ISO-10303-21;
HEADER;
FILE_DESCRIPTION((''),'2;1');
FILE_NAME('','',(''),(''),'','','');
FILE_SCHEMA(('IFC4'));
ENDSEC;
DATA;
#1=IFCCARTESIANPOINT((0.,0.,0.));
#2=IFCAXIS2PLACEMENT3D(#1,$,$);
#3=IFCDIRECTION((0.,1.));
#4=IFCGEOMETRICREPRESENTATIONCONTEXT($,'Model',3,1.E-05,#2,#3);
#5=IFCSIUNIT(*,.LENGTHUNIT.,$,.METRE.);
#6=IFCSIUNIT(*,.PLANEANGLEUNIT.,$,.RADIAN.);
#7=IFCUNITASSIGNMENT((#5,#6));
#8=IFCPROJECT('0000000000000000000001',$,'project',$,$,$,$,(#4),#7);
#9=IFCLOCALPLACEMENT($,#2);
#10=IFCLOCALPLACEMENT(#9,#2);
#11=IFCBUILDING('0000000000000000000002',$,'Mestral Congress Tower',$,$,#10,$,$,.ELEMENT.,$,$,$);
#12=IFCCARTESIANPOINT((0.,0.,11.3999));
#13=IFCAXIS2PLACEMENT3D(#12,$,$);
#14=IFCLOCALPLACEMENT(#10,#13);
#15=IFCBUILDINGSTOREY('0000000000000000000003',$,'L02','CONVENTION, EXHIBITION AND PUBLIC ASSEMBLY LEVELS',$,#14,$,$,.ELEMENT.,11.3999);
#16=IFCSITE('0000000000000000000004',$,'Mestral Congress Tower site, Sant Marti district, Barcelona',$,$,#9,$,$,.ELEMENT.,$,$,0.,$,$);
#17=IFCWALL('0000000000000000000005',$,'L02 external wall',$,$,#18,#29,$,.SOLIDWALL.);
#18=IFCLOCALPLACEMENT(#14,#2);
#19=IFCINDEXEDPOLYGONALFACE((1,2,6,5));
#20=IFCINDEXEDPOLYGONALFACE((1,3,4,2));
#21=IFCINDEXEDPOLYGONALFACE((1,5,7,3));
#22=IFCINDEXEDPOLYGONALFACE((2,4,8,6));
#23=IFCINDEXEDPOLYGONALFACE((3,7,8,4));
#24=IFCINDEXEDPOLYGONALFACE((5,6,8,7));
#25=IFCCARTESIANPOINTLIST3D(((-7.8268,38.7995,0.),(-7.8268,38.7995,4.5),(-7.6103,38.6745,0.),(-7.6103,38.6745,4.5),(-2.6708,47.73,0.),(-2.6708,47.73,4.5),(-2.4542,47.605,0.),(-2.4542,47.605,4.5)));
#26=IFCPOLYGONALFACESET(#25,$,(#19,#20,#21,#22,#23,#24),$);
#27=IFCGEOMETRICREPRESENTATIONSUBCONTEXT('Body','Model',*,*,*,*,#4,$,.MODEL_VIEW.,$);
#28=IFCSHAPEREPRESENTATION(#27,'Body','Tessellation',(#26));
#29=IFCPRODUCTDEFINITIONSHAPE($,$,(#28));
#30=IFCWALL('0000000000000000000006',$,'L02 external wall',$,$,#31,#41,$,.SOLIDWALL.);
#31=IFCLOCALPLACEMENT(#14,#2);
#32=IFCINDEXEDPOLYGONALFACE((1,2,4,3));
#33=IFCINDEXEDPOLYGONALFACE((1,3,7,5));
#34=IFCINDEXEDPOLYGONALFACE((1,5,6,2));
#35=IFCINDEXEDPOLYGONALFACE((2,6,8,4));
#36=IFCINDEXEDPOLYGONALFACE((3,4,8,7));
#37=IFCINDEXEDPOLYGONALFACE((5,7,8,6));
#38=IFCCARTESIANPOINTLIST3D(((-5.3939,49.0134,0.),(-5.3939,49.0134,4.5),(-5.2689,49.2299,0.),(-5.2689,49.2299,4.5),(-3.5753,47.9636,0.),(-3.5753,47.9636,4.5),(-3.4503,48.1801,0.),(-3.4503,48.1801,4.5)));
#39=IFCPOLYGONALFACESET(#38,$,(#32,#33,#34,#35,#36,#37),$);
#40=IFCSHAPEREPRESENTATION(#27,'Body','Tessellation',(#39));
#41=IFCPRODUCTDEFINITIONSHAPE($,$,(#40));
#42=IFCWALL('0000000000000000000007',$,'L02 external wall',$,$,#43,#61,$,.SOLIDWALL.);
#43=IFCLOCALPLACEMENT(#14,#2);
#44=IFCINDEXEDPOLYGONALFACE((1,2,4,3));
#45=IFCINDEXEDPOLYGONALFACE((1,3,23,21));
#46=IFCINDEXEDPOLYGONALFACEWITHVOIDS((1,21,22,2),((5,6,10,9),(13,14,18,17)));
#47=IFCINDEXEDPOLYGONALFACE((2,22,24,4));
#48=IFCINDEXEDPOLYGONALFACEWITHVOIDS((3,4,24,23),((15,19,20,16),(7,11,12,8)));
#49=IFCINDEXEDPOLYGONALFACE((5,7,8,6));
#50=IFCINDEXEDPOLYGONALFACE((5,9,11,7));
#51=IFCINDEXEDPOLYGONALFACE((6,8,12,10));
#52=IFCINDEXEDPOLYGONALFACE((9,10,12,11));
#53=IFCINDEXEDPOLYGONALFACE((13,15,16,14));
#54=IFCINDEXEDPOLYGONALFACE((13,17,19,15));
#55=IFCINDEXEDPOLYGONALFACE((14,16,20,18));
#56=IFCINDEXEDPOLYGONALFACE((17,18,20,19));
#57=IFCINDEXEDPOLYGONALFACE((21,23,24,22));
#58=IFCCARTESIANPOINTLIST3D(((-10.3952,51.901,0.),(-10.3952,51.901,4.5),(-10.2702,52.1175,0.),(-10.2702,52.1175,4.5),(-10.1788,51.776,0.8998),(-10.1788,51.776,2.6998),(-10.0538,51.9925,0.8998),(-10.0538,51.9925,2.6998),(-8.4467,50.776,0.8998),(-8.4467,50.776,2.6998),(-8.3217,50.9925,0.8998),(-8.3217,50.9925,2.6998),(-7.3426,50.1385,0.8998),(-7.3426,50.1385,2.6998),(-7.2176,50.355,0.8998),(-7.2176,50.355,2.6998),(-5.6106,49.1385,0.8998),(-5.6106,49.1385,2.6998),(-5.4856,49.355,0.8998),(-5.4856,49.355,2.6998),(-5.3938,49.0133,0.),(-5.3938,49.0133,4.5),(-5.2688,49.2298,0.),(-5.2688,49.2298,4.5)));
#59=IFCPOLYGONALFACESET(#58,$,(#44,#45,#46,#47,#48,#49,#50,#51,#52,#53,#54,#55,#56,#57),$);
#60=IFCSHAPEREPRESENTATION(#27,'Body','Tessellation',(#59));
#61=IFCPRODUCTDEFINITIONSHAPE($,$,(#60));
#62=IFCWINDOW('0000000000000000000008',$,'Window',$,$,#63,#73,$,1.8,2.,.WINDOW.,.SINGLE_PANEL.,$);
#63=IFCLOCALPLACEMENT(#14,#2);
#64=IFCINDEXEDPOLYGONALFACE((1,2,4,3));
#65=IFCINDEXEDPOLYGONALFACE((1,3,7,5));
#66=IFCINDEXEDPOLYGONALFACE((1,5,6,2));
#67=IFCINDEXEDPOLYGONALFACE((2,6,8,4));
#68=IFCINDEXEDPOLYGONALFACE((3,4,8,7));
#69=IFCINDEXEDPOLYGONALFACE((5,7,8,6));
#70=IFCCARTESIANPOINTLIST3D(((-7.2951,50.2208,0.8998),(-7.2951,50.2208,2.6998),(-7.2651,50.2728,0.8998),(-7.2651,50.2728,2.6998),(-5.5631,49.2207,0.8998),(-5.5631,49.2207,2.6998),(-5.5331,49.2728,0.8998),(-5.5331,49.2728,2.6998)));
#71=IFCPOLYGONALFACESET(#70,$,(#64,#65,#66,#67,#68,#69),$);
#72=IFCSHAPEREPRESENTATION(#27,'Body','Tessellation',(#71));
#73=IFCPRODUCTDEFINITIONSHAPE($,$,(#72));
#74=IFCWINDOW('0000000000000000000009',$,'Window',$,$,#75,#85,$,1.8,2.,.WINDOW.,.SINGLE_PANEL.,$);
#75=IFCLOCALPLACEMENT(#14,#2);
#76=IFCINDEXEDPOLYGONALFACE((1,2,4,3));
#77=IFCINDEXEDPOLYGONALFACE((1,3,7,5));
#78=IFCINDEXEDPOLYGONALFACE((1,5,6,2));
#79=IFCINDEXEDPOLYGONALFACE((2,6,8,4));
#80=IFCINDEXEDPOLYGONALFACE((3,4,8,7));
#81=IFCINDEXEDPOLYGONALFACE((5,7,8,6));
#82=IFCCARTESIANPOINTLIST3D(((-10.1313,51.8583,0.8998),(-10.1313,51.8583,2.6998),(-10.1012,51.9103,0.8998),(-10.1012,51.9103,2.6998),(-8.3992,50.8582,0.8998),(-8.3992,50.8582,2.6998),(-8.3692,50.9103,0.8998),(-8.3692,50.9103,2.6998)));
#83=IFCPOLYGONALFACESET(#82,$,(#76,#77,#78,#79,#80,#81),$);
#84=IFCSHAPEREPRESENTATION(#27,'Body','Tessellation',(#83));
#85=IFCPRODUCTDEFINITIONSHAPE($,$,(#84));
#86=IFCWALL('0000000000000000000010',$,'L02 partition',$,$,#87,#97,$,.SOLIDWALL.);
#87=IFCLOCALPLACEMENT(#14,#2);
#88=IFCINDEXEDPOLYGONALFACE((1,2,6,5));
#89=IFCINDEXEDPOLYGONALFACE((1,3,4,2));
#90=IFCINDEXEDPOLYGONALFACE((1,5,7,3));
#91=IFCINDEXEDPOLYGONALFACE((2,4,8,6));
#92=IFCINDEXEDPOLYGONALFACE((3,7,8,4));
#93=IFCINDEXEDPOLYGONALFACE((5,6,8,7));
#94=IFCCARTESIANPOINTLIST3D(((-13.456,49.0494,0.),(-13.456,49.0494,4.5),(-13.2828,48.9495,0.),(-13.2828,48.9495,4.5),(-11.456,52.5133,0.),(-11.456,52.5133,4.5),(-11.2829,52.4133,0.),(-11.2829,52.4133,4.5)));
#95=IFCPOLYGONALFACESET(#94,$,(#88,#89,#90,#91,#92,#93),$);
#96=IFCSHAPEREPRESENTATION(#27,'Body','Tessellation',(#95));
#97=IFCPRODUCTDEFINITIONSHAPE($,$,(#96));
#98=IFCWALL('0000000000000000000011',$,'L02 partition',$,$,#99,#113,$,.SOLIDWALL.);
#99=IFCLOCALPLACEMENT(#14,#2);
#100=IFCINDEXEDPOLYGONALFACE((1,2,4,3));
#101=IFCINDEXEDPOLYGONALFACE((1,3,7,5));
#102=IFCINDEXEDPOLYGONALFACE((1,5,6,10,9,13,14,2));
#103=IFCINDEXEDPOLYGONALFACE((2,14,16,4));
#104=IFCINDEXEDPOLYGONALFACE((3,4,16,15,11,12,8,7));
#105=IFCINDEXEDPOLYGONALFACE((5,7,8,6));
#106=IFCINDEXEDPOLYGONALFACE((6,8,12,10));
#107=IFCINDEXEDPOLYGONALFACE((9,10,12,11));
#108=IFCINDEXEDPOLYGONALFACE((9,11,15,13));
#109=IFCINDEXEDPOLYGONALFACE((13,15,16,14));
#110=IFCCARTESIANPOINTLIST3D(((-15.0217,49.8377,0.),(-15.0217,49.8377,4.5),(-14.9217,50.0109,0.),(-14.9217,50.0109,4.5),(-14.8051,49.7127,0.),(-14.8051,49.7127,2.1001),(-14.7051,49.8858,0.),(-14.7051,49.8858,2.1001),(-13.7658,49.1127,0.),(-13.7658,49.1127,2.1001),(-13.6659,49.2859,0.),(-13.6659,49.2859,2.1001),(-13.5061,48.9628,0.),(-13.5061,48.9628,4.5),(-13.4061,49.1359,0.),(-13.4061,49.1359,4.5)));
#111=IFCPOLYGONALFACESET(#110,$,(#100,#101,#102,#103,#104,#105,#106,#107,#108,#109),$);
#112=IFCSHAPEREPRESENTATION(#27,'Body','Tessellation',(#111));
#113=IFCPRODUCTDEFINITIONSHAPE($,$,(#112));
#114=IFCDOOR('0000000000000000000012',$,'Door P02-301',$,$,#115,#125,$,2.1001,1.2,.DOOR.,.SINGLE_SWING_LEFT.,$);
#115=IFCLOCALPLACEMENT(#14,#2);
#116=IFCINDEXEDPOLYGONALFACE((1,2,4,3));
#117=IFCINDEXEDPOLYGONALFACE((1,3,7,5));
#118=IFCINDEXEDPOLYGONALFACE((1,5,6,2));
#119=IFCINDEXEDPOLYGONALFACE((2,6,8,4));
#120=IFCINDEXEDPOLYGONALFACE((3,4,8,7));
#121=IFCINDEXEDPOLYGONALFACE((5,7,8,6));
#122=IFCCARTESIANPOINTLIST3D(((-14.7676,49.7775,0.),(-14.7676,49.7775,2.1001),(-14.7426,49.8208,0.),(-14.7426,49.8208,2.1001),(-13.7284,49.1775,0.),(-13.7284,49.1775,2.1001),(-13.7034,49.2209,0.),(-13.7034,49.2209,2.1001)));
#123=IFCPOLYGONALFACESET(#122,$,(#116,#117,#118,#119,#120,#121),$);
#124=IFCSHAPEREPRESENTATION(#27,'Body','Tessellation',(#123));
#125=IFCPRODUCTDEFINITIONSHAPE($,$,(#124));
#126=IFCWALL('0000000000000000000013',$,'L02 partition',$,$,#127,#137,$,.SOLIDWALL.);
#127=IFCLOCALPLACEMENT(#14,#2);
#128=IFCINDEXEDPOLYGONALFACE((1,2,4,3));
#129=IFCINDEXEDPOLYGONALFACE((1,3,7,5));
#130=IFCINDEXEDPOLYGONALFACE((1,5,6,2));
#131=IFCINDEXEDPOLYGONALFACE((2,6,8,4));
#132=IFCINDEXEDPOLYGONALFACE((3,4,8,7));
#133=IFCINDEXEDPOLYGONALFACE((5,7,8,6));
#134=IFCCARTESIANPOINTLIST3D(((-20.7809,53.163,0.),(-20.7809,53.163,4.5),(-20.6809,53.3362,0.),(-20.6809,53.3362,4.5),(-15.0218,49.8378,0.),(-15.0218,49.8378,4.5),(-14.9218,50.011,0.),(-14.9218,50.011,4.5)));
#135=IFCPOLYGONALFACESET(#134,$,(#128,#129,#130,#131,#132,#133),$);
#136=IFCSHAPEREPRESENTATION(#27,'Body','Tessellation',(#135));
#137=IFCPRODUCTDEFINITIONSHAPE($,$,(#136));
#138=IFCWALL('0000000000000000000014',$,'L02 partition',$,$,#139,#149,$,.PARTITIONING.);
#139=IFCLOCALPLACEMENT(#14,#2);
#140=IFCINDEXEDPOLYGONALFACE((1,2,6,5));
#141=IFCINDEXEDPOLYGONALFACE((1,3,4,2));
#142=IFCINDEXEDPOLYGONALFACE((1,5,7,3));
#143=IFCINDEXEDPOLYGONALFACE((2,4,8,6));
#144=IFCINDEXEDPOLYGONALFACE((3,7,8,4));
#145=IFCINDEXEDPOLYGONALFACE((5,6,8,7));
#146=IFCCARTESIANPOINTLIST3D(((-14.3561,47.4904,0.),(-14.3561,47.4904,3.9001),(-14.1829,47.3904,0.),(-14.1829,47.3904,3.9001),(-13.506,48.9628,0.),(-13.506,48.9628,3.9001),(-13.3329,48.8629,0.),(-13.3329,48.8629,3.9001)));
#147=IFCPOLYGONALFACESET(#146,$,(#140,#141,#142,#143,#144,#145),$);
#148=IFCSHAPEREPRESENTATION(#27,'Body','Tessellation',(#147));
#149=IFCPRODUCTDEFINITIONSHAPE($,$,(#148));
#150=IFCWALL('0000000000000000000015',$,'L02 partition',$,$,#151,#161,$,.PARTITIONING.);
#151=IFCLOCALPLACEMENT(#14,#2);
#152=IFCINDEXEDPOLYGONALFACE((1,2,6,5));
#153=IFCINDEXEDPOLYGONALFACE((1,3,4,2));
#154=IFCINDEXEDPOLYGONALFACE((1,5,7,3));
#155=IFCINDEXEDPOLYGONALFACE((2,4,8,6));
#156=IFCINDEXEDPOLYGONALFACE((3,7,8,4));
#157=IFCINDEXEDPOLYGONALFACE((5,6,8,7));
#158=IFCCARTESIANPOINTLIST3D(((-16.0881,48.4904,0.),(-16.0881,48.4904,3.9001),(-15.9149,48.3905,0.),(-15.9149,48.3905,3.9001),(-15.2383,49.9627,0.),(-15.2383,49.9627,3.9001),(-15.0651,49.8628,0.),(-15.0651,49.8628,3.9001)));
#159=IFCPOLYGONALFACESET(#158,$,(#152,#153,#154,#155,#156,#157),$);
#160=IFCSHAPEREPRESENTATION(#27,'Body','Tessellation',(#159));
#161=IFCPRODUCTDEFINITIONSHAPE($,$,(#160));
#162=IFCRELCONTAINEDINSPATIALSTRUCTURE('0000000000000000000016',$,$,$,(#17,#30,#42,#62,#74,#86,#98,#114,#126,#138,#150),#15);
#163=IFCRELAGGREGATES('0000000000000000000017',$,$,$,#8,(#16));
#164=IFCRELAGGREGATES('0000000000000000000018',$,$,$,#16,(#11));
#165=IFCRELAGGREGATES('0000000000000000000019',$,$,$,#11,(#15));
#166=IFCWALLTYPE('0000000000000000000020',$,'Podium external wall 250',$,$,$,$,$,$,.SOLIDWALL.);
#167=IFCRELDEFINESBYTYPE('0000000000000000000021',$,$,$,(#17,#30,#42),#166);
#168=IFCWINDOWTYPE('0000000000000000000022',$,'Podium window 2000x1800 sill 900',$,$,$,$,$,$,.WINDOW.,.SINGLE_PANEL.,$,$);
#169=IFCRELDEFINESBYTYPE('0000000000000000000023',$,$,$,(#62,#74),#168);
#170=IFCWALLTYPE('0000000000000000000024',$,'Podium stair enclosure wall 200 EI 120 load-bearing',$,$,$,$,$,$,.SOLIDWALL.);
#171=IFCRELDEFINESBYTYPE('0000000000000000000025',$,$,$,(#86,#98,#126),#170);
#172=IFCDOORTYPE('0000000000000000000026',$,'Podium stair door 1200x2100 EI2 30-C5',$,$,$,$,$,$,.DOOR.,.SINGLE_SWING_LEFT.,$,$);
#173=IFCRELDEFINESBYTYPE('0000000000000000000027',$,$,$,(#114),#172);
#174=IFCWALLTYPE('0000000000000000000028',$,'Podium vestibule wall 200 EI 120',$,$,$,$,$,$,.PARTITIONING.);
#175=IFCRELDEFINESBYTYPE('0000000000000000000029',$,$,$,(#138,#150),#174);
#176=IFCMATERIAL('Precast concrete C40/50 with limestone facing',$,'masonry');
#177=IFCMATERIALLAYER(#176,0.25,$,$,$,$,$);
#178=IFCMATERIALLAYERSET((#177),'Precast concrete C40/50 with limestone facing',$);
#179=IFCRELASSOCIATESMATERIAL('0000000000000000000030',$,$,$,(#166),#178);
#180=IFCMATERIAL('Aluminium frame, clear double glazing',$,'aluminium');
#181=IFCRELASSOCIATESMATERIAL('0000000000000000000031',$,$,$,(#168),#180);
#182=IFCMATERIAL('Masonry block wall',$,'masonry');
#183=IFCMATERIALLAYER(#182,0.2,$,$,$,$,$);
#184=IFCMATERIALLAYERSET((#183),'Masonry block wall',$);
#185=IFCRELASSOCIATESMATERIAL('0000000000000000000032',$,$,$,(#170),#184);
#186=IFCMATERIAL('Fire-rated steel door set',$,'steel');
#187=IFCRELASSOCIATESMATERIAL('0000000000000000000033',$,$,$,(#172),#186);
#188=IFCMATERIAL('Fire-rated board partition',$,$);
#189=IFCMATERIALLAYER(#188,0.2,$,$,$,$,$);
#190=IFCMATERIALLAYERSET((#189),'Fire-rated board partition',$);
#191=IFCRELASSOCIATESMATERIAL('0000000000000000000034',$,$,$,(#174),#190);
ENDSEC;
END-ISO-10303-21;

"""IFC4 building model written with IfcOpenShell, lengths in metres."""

from ifc_helpers import new_model, si_unit, direction, frame, frame_2d, origin, place, context, subcontext, project, spatial, rectangle, extrude, material, layer, layer_set, type_object, element, fill, save


model = new_model("IFC4")

# Units and contexts
model_context = context("Model", 3, precision=1e-05, world=origin(), true_north=direction((0.0, 1.0)))
body_context = subcontext(model_context, "Body", "Model", "MODEL_VIEW")
ifc_project = project(units=[si_unit("LENGTHUNIT", "METRE"), si_unit("PLANEANGLEUNIT", "RADIAN")], contexts=[model_context])

# Site, building, storey
site_placement = place(None, origin())
site = spatial("IfcSite", under=ifc_project, at=site_placement, Name="Mestral Congress Tower site, Sant Marti district, Barcelona", CompositionType="ELEMENT", RefElevation=0.0)
building_placement = place(site_placement, origin())
building = spatial("IfcBuilding", under=site, at=building_placement, Name="Mestral Congress Tower", CompositionType="ELEMENT")
storey_placement = place(building_placement, frame((0.0, 0.0, 11.3999)))
storey = spatial("IfcBuildingStorey", under=building, at=storey_placement, Name="L02", Description="CONVENTION, EXHIBITION AND PUBLIC ASSEMBLY LEVELS", CompositionType="ELEMENT", Elevation=11.3999)

# Walls
ifc_material_1 = material(Name="Precast concrete C40/50 with limestone facing", Category="masonry")
ifc_layer_1 = layer(ifc_material_1, 0.25)
ifc_layer_set_1 = layer_set([ifc_layer_1], Name="Precast concrete C40/50 with limestone facing")
wall_type_1 = type_object("IfcWallType", Name="Podium external wall 250", PredefinedType="SOLIDWALL", material=ifc_layer_set_1)
wall_1_placement = place(storey_placement, frame((-2.5625, 47.6675, 0.0), z_axis=(0.0, 0.0, 1.0), x_axis=(-0.500002, -0.866024, 0.0)))
element("IfcWall", 1, at=wall_1_placement, inside=storey, type_object=wall_type_1, Name="L02 external wall", PredefinedType="SOLIDWALL", context=body_context, shape_type="SweptSolid", body=[
    extrude(rectangle(XDim=10.312, YDim=0.25, at=frame_2d((5.156, 0.0))), origin(), (0.0, 0.0, 1.0), 4.5),
])
wall_2_placement = place(storey_placement, frame((-5.3313, 49.1216, 0.0), z_axis=(0.0, 0.0, 1.0), x_axis=(0.86606, -0.499941, 0.0)))
element("IfcWall", 2, at=wall_2_placement, inside=storey, type_object=wall_type_1, Name="L02 external wall", PredefinedType="SOLIDWALL", context=body_context, shape_type="SweptSolid", body=[
    extrude(rectangle(XDim=2.0999, YDim=0.25, at=frame_2d((1.0498, 0.0))), origin(), (0.0, 0.0, 1.0), 4.5),
])

# Wall, openings, windows
wall_3_placement = place(storey_placement, frame((-10.3328, 52.0093, 0.0), z_axis=(0.0, 0.0, 1.0), x_axis=(0.866018, -0.500013, 0.0)))
wall_3 = element("IfcWall", 3, at=wall_3_placement, inside=storey, type_object=wall_type_1, Name="L02 external wall", PredefinedType="SOLIDWALL", context=body_context, shape_type="SweptSolid", body=[
    extrude(rectangle(XDim=5.7751, YDim=0.25, at=frame_2d((2.8877, 0.0))), origin(), (0.0, 0.0, 1.0), 4.5),
])
opening_1_placement = place(wall_3_placement, frame((3.5249, 0.0, 0.8999)))
opening_1 = element("IfcOpeningElement", 4, at=opening_1_placement, cuts=wall_3, PredefinedType="OPENING", context=body_context, shape_type="SweptSolid", body=[
    extrude(rectangle(XDim=2.0, YDim=1.8, at=frame_2d((1.0, 0.8999))), frame((0.0, 0.135, 0.0), z_axis=(0.0, -1.0, 0.0), x_axis=(1.0, 0.0, 0.0)), (0.0, 0.0, 1.0), 0.27),
])
opening_2_placement = place(wall_3_placement, frame((0.25, 0.0, 0.8999)))
opening_2 = element("IfcOpeningElement", 5, at=opening_2_placement, cuts=wall_3, PredefinedType="OPENING", context=body_context, shape_type="SweptSolid", body=[
    extrude(rectangle(XDim=2.0, YDim=1.8, at=frame_2d((1.0, 0.8999))), frame((0.0, 0.135, 0.0), z_axis=(0.0, -1.0, 0.0), x_axis=(1.0, 0.0, 0.0)), (0.0, 0.0, 1.0), 0.27),
])
ifc_material_2 = material(Name="Aluminium frame, clear double glazing", Category="aluminium")
window_type = type_object("IfcWindowType", Name="Podium window 2000x1800 sill 900", PartitioningType="SINGLE_PANEL", PredefinedType="WINDOW", material=ifc_material_2)
window_1_placement = place(opening_1_placement, origin())
window_1 = element("IfcWindow", 6, at=window_1_placement, inside=storey, type_object=window_type, Name="Window", OverallHeight=1.8, OverallWidth=2.0, PartitioningType="SINGLE_PANEL", PredefinedType="WINDOW", context=body_context, shape_type="SweptSolid", body=[
    extrude(rectangle(XDim=2.0, YDim=1.8, at=frame_2d((1.0, 0.8999))), frame((0.0, 0.03, 0.0), z_axis=(0.0, -1.0, 0.0), x_axis=(1.0, 0.0, 0.0)), (0.0, 0.0, 1.0), 0.0601),
])
fill(opening_1, window_1)
window_2_placement = place(opening_2_placement, origin())
window_2 = element("IfcWindow", 7, at=window_2_placement, inside=storey, type_object=window_type, Name="Window", OverallHeight=1.8, OverallWidth=2.0, PartitioningType="SINGLE_PANEL", PredefinedType="WINDOW", context=body_context, shape_type="SweptSolid", body=[
    extrude(rectangle(XDim=2.0, YDim=1.8, at=frame_2d((1.0, 0.8999))), frame((0.0, 0.03, 0.0), z_axis=(0.0, -1.0, 0.0), x_axis=(1.0, 0.0, 0.0)), (0.0, 0.0, 1.0), 0.0601),
])
fill(opening_2, window_2)

# Wall
ifc_material_3 = material(Name="Masonry block wall", Category="masonry")
ifc_layer_2 = layer(ifc_material_3, 0.2)
ifc_layer_set_2 = layer_set([ifc_layer_2], Name="Masonry block wall")
wall_type_2 = type_object("IfcWallType", Name="Podium stair enclosure wall 200 EI 120 load-bearing", PredefinedType="SOLIDWALL", material=ifc_layer_set_2)
wall_4_placement = place(storey_placement, frame((-11.3694, 52.4634, 0.0), z_axis=(0.0, 0.0, 1.0), x_axis=(-0.500025, -0.866011, 0.0)))
element("IfcWall", 8, at=wall_4_placement, inside=storey, type_object=wall_type_2, Name="L02 partition", PredefinedType="SOLIDWALL", context=body_context, shape_type="SweptSolid", body=[
    extrude(rectangle(XDim=3.9998, YDim=0.2, at=frame_2d((2.0, 0.0))), origin(), (0.0, 0.0, 1.0), 4.5),
])

# Wall, opening, door
wall_5_placement = place(storey_placement, frame((-14.9717, 49.9243, 0.0), z_axis=(0.0, 0.0, 1.0), x_axis=(0.866037, -0.49998, 0.0)))
wall_5 = element("IfcWall", 9, at=wall_5_placement, inside=storey, type_object=wall_type_2, Name="L02 partition", PredefinedType="SOLIDWALL", context=body_context, shape_type="SweptSolid", body=[
    extrude(rectangle(XDim=1.75, YDim=0.2, at=frame_2d((0.875, 0.0))), origin(), (0.0, 0.0, 1.0), 4.5),
])
opening_3_placement = place(wall_5_placement, frame((0.25, 0.0, 0.0)))
opening_3 = element("IfcOpeningElement", 10, at=opening_3_placement, cuts=wall_5, PredefinedType="OPENING", context=body_context, shape_type="SweptSolid", body=[
    extrude(rectangle(XDim=1.2, YDim=2.1001, at=frame_2d((0.6001, 1.05))), frame((0.0, 0.1099, 0.0), z_axis=(0.0, -1.0, 0.0), x_axis=(1.0, 0.0, 0.0)), (0.0, 0.0, 1.0), 0.22),
])
ifc_material_4 = material(Name="Fire-rated steel door set", Category="steel")
door_type_1 = type_object("IfcDoorType", Name="Podium stair door 1200x2100 EI2 30-C5", OperationType="SINGLE_SWING_LEFT", PredefinedType="DOOR", material=ifc_material_4)
door_1_placement = place(opening_3_placement, origin())
door_1 = element("IfcDoor", 11, at=door_1_placement, inside=storey, type_object=door_type_1, Name="Door P02-301", OperationType="SINGLE_SWING_LEFT", OverallHeight=2.1001, OverallWidth=1.2, PredefinedType="DOOR", context=body_context, shape_type="SweptSolid", body=[
    extrude(rectangle(XDim=1.2, YDim=2.1001, at=frame_2d((0.6001, 1.05))), frame((0.0, 0.0249, 0.0), z_axis=(0.0, -1.0, 0.0), x_axis=(1.0, 0.0, 0.0)), (0.0, 0.0, 1.0), 0.05),
])
fill(opening_3, door_1)

# Walls
wall_6_placement = place(storey_placement, frame((-14.9717, 49.9243, 0.0), z_axis=(0.0, 0.0, 1.0), x_axis=(-0.866011, 0.500024, 0.0)))
element("IfcWall", 12, at=wall_6_placement, inside=storey, type_object=wall_type_2, Name="L02 partition", PredefinedType="SOLIDWALL", context=body_context, shape_type="SweptSolid", body=[
    extrude(rectangle(XDim=6.6501, YDim=0.2, at=frame_2d((3.3252, 0.0))), origin(), (0.0, 0.0, 1.0), 4.5),
])
ifc_material_5 = material(Name="Fire-rated board partition")
ifc_layer_3 = layer(ifc_material_5, 0.2)
ifc_layer_set_3 = layer_set([ifc_layer_3], Name="Fire-rated board partition")
wall_type_3 = type_object("IfcWallType", Name="Podium vestibule wall 200 EI 120", PredefinedType="PARTITIONING", material=ifc_layer_set_3)
wall_7_placement = place(storey_placement, frame((-13.4194, 48.9128, 0.0), z_axis=(0.0, 0.0, 1.0), x_axis=(-0.5, -0.866025, 0.0)))
element("IfcWall", 13, at=wall_7_placement, inside=storey, type_object=wall_type_3, Name="L02 partition", PredefinedType="PARTITIONING", context=body_context, shape_type="SweptSolid", body=[
    extrude(rectangle(XDim=1.7002, YDim=0.2, at=frame_2d((0.8501, 0.0))), origin(), (0.0, 0.0, 1.0), 3.9001),
])
wall_8_placement = place(storey_placement, frame((-15.1516, 49.9128, 0.0), z_axis=(0.0, 0.0, 1.0), x_axis=(-0.499892, -0.866088, 0.0)))
element("IfcWall", 14, at=wall_8_placement, inside=storey, type_object=wall_type_3, Name="L02 partition", PredefinedType="PARTITIONING", context=body_context, shape_type="SweptSolid", body=[
    extrude(rectangle(XDim=1.7, YDim=0.2, at=frame_2d((0.8501, 0.0))), origin(), (0.0, 0.0, 1.0), 3.9001),
])

save(model, "model.ifc")
